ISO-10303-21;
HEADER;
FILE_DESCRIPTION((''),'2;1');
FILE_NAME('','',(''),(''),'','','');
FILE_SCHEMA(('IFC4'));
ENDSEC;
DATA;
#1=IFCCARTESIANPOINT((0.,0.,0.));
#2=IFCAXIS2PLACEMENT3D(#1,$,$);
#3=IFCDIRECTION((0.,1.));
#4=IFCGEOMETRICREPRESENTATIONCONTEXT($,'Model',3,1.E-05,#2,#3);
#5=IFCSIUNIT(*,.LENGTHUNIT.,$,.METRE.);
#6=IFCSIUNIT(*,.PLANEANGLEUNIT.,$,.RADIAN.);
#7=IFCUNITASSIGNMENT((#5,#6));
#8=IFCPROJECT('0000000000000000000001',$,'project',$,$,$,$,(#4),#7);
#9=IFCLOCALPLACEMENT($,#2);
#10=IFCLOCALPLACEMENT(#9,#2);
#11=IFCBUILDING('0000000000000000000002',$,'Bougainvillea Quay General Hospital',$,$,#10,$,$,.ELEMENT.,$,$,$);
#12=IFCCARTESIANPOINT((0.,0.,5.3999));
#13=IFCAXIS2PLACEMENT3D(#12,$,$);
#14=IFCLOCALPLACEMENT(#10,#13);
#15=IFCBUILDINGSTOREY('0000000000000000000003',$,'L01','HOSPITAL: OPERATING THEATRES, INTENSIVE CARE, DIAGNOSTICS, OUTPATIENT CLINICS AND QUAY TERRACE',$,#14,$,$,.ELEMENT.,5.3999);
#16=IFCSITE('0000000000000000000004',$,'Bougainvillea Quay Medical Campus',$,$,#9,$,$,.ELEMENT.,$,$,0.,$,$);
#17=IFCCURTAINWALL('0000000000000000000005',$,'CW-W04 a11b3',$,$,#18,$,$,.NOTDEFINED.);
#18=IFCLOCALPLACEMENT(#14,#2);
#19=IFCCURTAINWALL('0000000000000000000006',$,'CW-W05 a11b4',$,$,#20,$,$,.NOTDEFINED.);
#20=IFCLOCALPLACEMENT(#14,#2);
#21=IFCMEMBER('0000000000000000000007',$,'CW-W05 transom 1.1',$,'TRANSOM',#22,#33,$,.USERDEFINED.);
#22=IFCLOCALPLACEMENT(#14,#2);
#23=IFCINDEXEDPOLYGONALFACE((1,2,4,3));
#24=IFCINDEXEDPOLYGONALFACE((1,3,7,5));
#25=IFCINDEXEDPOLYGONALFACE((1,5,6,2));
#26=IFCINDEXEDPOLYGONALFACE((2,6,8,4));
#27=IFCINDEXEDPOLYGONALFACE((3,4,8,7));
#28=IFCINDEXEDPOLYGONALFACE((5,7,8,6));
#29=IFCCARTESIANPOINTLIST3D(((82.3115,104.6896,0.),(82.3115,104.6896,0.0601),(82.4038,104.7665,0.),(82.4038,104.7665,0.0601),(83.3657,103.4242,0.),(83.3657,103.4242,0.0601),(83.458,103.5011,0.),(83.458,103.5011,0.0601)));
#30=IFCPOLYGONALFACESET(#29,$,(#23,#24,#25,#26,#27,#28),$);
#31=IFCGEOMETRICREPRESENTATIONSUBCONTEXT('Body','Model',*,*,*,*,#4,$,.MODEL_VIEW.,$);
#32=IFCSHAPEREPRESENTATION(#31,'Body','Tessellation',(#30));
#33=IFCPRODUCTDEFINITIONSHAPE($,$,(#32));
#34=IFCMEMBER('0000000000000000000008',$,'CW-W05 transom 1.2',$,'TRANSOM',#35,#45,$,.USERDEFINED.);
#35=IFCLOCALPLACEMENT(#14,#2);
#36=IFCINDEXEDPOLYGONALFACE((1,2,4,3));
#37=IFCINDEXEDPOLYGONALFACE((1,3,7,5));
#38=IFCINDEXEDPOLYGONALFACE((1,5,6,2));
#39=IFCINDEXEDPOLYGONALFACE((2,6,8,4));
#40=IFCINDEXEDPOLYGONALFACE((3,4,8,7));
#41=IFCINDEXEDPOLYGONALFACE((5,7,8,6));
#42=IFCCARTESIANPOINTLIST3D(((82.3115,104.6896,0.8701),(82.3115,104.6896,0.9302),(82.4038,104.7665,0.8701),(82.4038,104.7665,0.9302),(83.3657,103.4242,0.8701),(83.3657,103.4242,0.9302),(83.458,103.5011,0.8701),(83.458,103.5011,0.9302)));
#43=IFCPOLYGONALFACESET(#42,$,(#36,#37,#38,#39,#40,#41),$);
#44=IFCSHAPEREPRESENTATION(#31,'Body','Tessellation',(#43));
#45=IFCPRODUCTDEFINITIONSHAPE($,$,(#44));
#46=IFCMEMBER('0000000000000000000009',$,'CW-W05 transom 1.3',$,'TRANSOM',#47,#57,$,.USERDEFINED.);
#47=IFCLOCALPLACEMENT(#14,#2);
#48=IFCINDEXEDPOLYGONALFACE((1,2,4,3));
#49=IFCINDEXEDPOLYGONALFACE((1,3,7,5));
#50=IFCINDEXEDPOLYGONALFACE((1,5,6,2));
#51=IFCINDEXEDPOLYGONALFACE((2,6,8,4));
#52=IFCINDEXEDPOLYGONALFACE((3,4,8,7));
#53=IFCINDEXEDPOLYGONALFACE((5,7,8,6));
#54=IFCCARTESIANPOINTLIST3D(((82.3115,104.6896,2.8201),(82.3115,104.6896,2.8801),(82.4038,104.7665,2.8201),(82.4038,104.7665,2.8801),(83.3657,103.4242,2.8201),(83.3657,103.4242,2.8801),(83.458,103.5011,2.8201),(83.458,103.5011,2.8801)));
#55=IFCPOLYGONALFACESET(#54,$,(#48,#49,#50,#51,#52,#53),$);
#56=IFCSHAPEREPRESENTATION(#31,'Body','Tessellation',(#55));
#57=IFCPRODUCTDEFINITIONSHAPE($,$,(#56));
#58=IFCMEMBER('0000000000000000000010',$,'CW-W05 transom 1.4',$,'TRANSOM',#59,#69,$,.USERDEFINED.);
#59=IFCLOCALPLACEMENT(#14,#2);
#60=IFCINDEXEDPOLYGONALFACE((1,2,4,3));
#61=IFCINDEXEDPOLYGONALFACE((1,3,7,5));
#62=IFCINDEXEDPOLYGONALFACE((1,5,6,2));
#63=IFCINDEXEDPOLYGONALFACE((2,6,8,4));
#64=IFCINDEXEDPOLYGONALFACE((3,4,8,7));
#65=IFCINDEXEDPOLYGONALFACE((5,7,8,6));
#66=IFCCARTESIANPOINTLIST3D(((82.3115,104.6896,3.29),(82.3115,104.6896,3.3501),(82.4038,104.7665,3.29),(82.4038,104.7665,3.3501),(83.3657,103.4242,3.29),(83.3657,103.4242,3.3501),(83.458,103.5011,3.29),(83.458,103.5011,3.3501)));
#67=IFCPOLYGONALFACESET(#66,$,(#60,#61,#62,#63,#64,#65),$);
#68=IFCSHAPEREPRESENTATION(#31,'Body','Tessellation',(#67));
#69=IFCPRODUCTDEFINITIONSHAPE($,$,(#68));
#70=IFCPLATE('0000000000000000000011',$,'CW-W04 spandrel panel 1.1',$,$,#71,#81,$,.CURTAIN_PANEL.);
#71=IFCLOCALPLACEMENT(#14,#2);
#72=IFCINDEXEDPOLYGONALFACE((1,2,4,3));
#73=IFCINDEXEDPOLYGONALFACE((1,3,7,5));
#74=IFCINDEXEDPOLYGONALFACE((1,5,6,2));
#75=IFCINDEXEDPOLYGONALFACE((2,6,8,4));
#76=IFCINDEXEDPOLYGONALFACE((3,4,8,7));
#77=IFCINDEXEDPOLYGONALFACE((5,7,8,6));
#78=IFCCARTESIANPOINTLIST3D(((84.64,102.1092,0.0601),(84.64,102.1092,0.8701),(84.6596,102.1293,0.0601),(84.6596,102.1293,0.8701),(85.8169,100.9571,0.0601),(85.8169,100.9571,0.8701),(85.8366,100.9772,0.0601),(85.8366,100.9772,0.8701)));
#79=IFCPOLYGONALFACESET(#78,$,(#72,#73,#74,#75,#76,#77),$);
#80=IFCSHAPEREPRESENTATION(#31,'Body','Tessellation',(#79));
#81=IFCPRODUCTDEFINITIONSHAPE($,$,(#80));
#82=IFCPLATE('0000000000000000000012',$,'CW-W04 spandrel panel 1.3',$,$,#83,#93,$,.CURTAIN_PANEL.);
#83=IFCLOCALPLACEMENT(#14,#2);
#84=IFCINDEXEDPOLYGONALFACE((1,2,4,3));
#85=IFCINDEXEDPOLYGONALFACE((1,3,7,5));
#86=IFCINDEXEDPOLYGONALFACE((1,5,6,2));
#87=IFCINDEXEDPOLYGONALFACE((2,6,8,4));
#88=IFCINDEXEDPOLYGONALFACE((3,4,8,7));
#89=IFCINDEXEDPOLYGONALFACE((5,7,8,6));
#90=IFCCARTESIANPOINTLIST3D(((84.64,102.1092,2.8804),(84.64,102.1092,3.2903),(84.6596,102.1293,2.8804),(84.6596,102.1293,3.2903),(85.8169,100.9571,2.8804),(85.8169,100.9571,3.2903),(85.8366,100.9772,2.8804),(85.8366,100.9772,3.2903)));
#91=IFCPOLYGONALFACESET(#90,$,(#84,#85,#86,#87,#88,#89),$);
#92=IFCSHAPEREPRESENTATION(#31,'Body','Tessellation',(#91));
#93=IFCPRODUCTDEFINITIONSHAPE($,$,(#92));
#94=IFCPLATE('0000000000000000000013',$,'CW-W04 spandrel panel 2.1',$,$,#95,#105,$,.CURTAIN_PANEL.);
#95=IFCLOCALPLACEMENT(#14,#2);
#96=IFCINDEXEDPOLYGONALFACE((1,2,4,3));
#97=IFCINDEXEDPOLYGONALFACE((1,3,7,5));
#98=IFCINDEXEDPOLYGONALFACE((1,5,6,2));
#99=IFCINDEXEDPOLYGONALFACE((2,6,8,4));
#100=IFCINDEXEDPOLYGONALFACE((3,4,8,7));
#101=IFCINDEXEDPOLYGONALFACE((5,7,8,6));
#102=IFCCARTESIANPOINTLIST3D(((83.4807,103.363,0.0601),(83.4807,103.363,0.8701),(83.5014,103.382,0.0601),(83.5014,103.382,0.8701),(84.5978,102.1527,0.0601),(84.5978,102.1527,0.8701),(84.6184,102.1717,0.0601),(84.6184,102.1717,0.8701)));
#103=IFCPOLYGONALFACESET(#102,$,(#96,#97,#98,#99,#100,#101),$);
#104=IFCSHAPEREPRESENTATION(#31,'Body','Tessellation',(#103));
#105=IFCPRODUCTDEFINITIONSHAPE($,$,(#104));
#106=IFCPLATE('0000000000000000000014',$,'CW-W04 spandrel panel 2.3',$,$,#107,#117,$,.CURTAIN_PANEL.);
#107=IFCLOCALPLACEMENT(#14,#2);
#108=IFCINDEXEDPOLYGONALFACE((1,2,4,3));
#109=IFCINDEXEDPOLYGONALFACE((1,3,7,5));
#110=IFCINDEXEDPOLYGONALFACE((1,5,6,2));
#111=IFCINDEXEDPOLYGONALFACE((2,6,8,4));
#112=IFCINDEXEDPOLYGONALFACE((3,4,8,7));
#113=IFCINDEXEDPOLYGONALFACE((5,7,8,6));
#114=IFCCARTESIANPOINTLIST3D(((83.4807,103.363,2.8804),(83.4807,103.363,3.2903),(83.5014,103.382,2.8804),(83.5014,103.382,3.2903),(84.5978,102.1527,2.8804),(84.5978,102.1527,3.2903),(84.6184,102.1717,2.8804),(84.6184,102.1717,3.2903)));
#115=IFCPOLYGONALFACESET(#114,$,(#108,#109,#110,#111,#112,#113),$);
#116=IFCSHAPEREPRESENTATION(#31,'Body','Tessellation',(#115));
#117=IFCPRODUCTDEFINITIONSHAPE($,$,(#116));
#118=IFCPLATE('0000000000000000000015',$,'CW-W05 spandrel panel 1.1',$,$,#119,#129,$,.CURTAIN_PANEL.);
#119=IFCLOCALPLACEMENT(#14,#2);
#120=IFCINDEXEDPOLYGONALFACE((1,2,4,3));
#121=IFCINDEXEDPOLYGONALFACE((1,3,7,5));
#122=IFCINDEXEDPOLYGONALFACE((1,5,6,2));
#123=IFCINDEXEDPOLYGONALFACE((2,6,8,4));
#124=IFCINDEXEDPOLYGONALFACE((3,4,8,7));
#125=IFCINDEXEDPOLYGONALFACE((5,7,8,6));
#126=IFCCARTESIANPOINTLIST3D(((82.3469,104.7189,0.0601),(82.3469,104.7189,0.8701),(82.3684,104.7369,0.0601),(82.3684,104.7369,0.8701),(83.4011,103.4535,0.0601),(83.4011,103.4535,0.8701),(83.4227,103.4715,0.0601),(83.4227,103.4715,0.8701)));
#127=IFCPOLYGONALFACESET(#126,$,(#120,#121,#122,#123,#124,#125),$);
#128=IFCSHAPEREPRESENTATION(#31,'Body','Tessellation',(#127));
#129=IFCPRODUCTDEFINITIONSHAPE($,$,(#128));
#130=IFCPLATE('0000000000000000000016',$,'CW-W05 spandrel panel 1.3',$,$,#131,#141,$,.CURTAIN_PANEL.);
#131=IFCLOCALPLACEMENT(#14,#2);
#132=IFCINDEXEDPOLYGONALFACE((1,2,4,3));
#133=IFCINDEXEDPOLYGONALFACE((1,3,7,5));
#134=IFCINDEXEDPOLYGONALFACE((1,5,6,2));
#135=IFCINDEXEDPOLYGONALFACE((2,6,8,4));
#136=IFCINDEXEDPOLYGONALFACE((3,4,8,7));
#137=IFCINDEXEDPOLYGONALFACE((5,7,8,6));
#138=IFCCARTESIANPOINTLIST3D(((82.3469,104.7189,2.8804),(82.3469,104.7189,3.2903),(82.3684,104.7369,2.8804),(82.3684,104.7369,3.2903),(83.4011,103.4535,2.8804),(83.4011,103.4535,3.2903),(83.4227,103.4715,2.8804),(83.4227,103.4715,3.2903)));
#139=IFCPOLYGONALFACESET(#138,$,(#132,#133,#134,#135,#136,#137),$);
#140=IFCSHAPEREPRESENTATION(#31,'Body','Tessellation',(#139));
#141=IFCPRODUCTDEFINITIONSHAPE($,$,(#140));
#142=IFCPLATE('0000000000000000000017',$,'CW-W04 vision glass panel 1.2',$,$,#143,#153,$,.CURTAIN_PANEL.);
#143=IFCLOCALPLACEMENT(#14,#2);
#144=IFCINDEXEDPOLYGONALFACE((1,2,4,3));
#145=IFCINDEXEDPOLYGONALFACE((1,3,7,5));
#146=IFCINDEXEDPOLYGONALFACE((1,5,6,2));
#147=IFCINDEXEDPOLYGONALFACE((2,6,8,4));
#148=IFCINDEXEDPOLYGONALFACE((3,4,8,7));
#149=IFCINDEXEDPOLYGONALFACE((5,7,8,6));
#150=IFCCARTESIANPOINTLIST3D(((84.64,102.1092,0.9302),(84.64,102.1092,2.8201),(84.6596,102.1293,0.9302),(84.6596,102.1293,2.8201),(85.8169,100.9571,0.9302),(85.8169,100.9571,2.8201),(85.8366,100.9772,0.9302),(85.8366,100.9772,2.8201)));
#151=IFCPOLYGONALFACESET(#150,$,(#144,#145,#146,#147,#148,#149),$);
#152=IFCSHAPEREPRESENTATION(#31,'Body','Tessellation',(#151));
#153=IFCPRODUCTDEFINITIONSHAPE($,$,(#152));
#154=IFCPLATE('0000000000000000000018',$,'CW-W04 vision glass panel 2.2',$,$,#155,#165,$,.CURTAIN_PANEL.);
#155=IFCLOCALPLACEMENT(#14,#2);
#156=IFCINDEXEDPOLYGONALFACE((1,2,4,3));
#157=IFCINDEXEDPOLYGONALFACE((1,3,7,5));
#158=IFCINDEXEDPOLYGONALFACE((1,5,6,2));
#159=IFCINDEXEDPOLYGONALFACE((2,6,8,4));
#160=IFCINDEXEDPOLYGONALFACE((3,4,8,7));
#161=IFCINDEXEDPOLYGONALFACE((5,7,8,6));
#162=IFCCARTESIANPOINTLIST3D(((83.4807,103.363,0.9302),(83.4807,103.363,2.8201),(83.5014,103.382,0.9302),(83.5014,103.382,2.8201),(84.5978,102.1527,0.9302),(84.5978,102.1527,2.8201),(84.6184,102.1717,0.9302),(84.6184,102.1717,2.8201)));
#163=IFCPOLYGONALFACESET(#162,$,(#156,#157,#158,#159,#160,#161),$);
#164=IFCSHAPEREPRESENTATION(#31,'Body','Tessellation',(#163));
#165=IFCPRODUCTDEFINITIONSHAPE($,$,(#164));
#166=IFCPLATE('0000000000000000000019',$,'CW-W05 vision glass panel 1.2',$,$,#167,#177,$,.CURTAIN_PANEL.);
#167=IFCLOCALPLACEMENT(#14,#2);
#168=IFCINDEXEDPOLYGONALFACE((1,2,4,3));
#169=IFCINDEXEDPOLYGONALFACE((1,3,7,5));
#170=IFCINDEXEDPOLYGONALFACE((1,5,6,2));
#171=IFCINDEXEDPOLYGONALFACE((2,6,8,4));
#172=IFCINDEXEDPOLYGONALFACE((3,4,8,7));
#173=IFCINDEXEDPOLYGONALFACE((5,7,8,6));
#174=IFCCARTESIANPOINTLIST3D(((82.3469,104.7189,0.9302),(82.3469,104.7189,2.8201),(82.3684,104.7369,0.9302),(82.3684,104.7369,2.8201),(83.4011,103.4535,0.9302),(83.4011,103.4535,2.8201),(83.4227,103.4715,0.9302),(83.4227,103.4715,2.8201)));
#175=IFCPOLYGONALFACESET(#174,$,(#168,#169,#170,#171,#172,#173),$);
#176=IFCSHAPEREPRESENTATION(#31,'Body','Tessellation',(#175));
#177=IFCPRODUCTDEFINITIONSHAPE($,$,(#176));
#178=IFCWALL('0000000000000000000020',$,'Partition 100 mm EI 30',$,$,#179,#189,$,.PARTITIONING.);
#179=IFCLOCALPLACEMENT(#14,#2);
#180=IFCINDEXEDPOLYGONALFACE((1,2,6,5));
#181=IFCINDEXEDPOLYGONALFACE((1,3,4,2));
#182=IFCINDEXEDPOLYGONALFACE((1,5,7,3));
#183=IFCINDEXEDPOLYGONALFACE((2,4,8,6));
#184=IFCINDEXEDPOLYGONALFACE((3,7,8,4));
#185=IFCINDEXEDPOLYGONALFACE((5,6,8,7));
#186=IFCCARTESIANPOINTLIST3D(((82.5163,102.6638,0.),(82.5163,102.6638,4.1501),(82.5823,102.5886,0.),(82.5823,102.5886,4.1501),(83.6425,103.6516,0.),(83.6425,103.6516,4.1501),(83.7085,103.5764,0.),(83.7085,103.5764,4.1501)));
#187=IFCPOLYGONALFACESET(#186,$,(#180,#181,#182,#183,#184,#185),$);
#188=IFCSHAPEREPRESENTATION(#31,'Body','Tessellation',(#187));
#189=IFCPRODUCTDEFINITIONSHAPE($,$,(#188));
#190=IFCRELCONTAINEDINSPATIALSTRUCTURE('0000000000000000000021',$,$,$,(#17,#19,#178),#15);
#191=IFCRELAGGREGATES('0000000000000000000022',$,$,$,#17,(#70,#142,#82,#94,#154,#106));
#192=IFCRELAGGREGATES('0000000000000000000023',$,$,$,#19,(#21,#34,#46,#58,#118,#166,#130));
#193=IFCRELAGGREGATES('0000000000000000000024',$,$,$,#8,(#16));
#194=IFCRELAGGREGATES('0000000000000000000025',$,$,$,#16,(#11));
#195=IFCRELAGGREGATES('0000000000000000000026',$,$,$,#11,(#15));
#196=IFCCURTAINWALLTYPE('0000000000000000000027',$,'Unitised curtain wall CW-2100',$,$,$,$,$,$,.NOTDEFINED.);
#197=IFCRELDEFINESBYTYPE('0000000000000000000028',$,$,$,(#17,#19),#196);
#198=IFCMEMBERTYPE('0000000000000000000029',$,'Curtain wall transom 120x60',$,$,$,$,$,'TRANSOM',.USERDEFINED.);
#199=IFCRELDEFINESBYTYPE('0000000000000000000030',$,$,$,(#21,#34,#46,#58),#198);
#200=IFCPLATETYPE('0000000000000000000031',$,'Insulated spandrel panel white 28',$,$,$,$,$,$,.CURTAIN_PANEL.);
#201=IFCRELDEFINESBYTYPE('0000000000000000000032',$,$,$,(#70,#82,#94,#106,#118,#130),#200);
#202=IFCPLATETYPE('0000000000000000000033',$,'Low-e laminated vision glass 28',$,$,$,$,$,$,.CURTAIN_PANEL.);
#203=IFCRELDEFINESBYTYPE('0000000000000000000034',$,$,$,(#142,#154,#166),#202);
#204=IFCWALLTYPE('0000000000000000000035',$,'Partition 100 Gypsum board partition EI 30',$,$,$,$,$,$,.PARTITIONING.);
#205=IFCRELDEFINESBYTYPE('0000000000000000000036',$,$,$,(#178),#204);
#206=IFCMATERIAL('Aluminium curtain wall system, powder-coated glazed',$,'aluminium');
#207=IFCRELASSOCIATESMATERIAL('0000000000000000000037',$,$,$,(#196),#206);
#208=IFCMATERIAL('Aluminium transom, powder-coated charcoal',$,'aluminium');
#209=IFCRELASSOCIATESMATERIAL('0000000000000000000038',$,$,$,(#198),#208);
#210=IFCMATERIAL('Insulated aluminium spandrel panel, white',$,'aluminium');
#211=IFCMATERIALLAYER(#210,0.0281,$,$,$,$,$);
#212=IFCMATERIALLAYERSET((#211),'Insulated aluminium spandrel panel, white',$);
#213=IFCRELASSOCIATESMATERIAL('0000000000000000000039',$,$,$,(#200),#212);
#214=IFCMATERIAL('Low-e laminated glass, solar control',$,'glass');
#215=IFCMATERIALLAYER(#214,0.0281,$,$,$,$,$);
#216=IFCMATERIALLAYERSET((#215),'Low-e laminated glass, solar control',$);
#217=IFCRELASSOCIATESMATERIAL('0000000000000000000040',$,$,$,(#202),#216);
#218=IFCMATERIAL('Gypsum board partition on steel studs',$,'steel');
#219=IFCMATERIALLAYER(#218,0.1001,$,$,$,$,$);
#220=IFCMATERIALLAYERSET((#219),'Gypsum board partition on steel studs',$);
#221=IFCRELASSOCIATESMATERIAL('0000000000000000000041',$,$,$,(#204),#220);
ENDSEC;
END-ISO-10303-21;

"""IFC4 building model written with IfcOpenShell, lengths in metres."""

from ifc_helpers import new_model, si_unit, direction, frame, frame_2d, origin, origin_2d, place, context, subcontext, project, spatial, rectangle, extrude, material, layer, layer_set, material_profile, profile_set, type_object, element, aggregate, save


model = new_model("IFC4")

# Units and contexts
model_context = context("Model", 3, precision=1e-05, world=origin(), true_north=direction((0.0, 1.0)))
body_context = subcontext(model_context, "Body", "Model", "MODEL_VIEW")
ifc_project = project(units=[si_unit("LENGTHUNIT", "METRE"), si_unit("PLANEANGLEUNIT", "RADIAN")], contexts=[model_context])

# Site, building, storey
site_placement = place(None, origin())
site = spatial("IfcSite", under=ifc_project, at=site_placement, Name="Bougainvillea Quay Medical Campus", CompositionType="ELEMENT", RefElevation=0.0)
building_placement = place(site_placement, origin())
building = spatial("IfcBuilding", under=site, at=building_placement, Name="Bougainvillea Quay General Hospital", CompositionType="ELEMENT")
storey_placement = place(building_placement, frame((0.0, 0.0, 5.3999)))
storey = spatial("IfcBuildingStorey", under=building, at=storey_placement, Name="L01", Description="HOSPITAL: OPERATING THEATRES, INTENSIVE CARE, DIAGNOSTICS, OUTPATIENT CLINICS AND QUAY TERRACE", CompositionType="ELEMENT", Elevation=5.3999)

# Shared definitions
ifc_material_1 = material(Name="Aluminium curtain wall system, powder-coated glazed", Category="aluminium")
curtain_wall_type = type_object("IfcCurtainWallType", Name="Unitised curtain wall CW-2100", PredefinedType="NOTDEFINED", material=ifc_material_1)

# Curtain walls
curtain_wall_1_placement = place(storey_placement, origin())
curtain_wall_1 = element("IfcCurtainWall", 1, at=curtain_wall_1_placement, inside=storey, type_object=curtain_wall_type, Name="CW-W04 a11b3", PredefinedType="NOTDEFINED")
curtain_wall_2_placement = place(storey_placement, origin())
curtain_wall_2 = element("IfcCurtainWall", 2, at=curtain_wall_2_placement, inside=storey, type_object=curtain_wall_type, Name="CW-W05 a11b4", PredefinedType="NOTDEFINED")

# Members
ifc_material_2 = material(Name="Aluminium transom, powder-coated charcoal", Category="aluminium")
ifc_material_profile_1 = material_profile(ifc_material_2, rectangle(XDim=0.1201, YDim=0.0601, at=origin_2d()))
ifc_profile_set_1 = profile_set([ifc_material_profile_1], Name="Aluminium transom, powder-coated charcoal")
member_type_1 = type_object("IfcMemberType", Name="Curtain wall transom 120x60", ElementType="TRANSOM", PredefinedType="USERDEFINED", material=ifc_profile_set_1)
member_1_placement = place(storey_placement, frame((83.4119, 103.4626, 0.03), z_axis=(-0.640082, 0.768306, 0.0), x_axis=(-0.768306, -0.640082, 0.0)))
member_1 = element("IfcMember", 3, at=member_1_placement, type_object=member_type_1, Name="CW-W05 transom 1.1", ObjectType="TRANSOM", PredefinedType="USERDEFINED", context=body_context, shape_type="SweptSolid", body=[
    extrude(rectangle(XDim=0.1201, YDim=0.0601, at=origin_2d()), origin(), (0.0, 0.0, 1.0), 1.647),
])
member_2_placement = place(storey_placement, frame((83.4119, 103.4626, 0.9001), z_axis=(-0.640082, 0.768306, 0.0), x_axis=(-0.768306, -0.640082, 0.0)))
member_2 = element("IfcMember", 4, at=member_2_placement, type_object=member_type_1, Name="CW-W05 transom 1.2", ObjectType="TRANSOM", PredefinedType="USERDEFINED", context=body_context, shape_type="SweptSolid", body=[
    extrude(rectangle(XDim=0.1201, YDim=0.0601, at=origin_2d()), origin(), (0.0, 0.0, 1.0), 1.647),
])
member_3_placement = place(storey_placement, frame((83.4119, 103.4626, 2.8501), z_axis=(-0.640082, 0.768306, 0.0), x_axis=(-0.768306, -0.640082, 0.0)))
member_3 = element("IfcMember", 5, at=member_3_placement, type_object=member_type_1, Name="CW-W05 transom 1.3", ObjectType="TRANSOM", PredefinedType="USERDEFINED", context=body_context, shape_type="SweptSolid", body=[
    extrude(rectangle(XDim=0.1201, YDim=0.0601, at=origin_2d()), origin(), (0.0, 0.0, 1.0), 1.647),
])
member_4_placement = place(storey_placement, frame((83.4119, 103.4626, 3.3201), z_axis=(-0.640082, 0.768306, 0.0), x_axis=(-0.768306, -0.640082, 0.0)))
member_4 = element("IfcMember", 6, at=member_4_placement, type_object=member_type_1, Name="CW-W05 transom 1.4", ObjectType="TRANSOM", PredefinedType="USERDEFINED", context=body_context, shape_type="SweptSolid", body=[
    extrude(rectangle(XDim=0.1201, YDim=0.0601, at=origin_2d()), origin(), (0.0, 0.0, 1.0), 1.647),
])

# Plates
ifc_material_3 = material(Name="Insulated aluminium spandrel panel, white", Category="aluminium")
ifc_layer_1 = layer(ifc_material_3, 0.0281)
ifc_layer_set_1 = layer_set([ifc_layer_1], Name="Insulated aluminium spandrel panel, white")
plate_type_1 = type_object("IfcPlateType", Name="Insulated spandrel panel white 28", PredefinedType="CURTAIN_PANEL", material=ifc_layer_set_1)
plate_1_placement = place(storey_placement, frame((85.2383, 101.5432, 0.0601), z_axis=(0.0, 0.0, 1.0), x_axis=(-0.714607, 0.699526, 0.0)))
plate_1 = element("IfcPlate", 7, at=plate_1_placement, type_object=plate_type_1, Name="CW-W04 spandrel panel 1.1", PredefinedType="CURTAIN_PANEL", context=body_context, shape_type="SweptSolid", body=[
    extrude(rectangle(XDim=1.647, YDim=0.0281, at=origin_2d()), origin(), (0.0, 0.0, 1.0), 0.8101),
])
plate_2_placement = place(storey_placement, frame((85.2383, 101.5432, 2.8804), z_axis=(0.0, 0.0, 1.0), x_axis=(-0.714607, 0.699526, 0.0)))
plate_2 = element("IfcPlate", 8, at=plate_2_placement, type_object=plate_type_1, Name="CW-W04 spandrel panel 1.3", PredefinedType="CURTAIN_PANEL", context=body_context, shape_type="SweptSolid", body=[
    extrude(rectangle(XDim=1.647, YDim=0.0281, at=origin_2d()), origin(), (0.0, 0.0, 1.0), 0.4099),
])
plate_3_placement = place(storey_placement, frame((84.0496, 102.7673, 0.0601), z_axis=(0.0, 0.0, 1.0), x_axis=(-0.678224, 0.734855, 0.0)))
plate_3 = element("IfcPlate", 9, at=plate_3_placement, type_object=plate_type_1, Name="CW-W04 spandrel panel 2.1", PredefinedType="CURTAIN_PANEL", context=body_context, shape_type="SweptSolid", body=[
    extrude(rectangle(XDim=1.647, YDim=0.0281, at=origin_2d()), origin(), (0.0, 0.0, 1.0), 0.8101),
])
plate_4_placement = place(storey_placement, frame((84.0496, 102.7673, 2.8804), z_axis=(0.0, 0.0, 1.0), x_axis=(-0.678224, 0.734855, 0.0)))
plate_4 = element("IfcPlate", 10, at=plate_4_placement, type_object=plate_type_1, Name="CW-W04 spandrel panel 2.3", PredefinedType="CURTAIN_PANEL", context=body_context, shape_type="SweptSolid", body=[
    extrude(rectangle(XDim=1.647, YDim=0.0281, at=origin_2d()), origin(), (0.0, 0.0, 1.0), 0.4099),
])
plate_5_placement = place(storey_placement, frame((82.8848, 104.0952, 0.0601), z_axis=(0.0, 0.0, 1.0), x_axis=(-0.640096, 0.768295, 0.0)))
plate_5 = element("IfcPlate", 11, at=plate_5_placement, type_object=plate_type_1, Name="CW-W05 spandrel panel 1.1", PredefinedType="CURTAIN_PANEL", context=body_context, shape_type="SweptSolid", body=[
    extrude(rectangle(XDim=1.647, YDim=0.0281, at=origin_2d()), origin(), (0.0, 0.0, 1.0), 0.8101),
])
plate_6_placement = place(storey_placement, frame((82.8848, 104.0952, 2.8804), z_axis=(0.0, 0.0, 1.0), x_axis=(-0.640096, 0.768295, 0.0)))
plate_6 = element("IfcPlate", 12, at=plate_6_placement, type_object=plate_type_1, Name="CW-W05 spandrel panel 1.3", PredefinedType="CURTAIN_PANEL", context=body_context, shape_type="SweptSolid", body=[
    extrude(rectangle(XDim=1.647, YDim=0.0281, at=origin_2d()), origin(), (0.0, 0.0, 1.0), 0.4099),
])
ifc_material_4 = material(Name="Low-e laminated glass, solar control", Category="glass")
ifc_layer_2 = layer(ifc_material_4, 0.0281)
ifc_layer_set_2 = layer_set([ifc_layer_2], Name="Low-e laminated glass, solar control")
plate_type_2 = type_object("IfcPlateType", Name="Low-e laminated vision glass 28", PredefinedType="CURTAIN_PANEL", material=ifc_layer_set_2)
plate_7_placement = place(storey_placement, frame((85.2383, 101.5432, 0.9302), z_axis=(0.0, 0.0, 1.0), x_axis=(-0.714607, 0.699526, 0.0)))
plate_7 = element("IfcPlate", 13, at=plate_7_placement, type_object=plate_type_2, Name="CW-W04 vision glass panel 1.2", PredefinedType="CURTAIN_PANEL", context=body_context, shape_type="SweptSolid", body=[
    extrude(rectangle(XDim=1.647, YDim=0.0281, at=origin_2d()), origin(), (0.0, 0.0, 1.0), 1.8899),
])
plate_8_placement = place(storey_placement, frame((84.0496, 102.7673, 0.9302), z_axis=(0.0, 0.0, 1.0), x_axis=(-0.678224, 0.734855, 0.0)))
plate_8 = element("IfcPlate", 14, at=plate_8_placement, type_object=plate_type_2, Name="CW-W04 vision glass panel 2.2", PredefinedType="CURTAIN_PANEL", context=body_context, shape_type="SweptSolid", body=[
    extrude(rectangle(XDim=1.647, YDim=0.0281, at=origin_2d()), origin(), (0.0, 0.0, 1.0), 1.8899),
])
aggregate(curtain_wall_1, [plate_1, plate_7, plate_2, plate_3, plate_8, plate_4])
plate_9_placement = place(storey_placement, frame((82.8848, 104.0952, 0.9302), z_axis=(0.0, 0.0, 1.0), x_axis=(-0.640096, 0.768295, 0.0)))
plate_9 = element("IfcPlate", 15, at=plate_9_placement, type_object=plate_type_2, Name="CW-W05 vision glass panel 1.2", PredefinedType="CURTAIN_PANEL", context=body_context, shape_type="SweptSolid", body=[
    extrude(rectangle(XDim=1.647, YDim=0.0281, at=origin_2d()), origin(), (0.0, 0.0, 1.0), 1.8899),
])
aggregate(curtain_wall_2, [member_1, member_2, member_3, member_4, plate_5, plate_9, plate_6])

# Wall
ifc_material_5 = material(Name="Gypsum board partition on steel studs", Category="steel")
ifc_layer_3 = layer(ifc_material_5, 0.1001)
ifc_layer_set_3 = layer_set([ifc_layer_3], Name="Gypsum board partition on steel studs")
wall_type = type_object("IfcWallType", Name="Partition 100 Gypsum board partition EI 30", PredefinedType="PARTITIONING", material=ifc_layer_set_3)
wall_1_placement = place(storey_placement, frame((82.5493, 102.6262, 0.0), z_axis=(0.0, 0.0, 1.0), x_axis=(0.751799, 0.659393, 0.0)))
element("IfcWall", 16, at=wall_1_placement, inside=storey, type_object=wall_type, Name="Partition 100 mm EI 30", PredefinedType="PARTITIONING", context=body_context, shape_type="SweptSolid", body=[
    extrude(rectangle(XDim=1.498, YDim=0.1001, at=frame_2d((0.749, 0.0))), origin(), (0.0, 0.0, 1.0), 4.1501),
])

save(model, "model.ifc")
